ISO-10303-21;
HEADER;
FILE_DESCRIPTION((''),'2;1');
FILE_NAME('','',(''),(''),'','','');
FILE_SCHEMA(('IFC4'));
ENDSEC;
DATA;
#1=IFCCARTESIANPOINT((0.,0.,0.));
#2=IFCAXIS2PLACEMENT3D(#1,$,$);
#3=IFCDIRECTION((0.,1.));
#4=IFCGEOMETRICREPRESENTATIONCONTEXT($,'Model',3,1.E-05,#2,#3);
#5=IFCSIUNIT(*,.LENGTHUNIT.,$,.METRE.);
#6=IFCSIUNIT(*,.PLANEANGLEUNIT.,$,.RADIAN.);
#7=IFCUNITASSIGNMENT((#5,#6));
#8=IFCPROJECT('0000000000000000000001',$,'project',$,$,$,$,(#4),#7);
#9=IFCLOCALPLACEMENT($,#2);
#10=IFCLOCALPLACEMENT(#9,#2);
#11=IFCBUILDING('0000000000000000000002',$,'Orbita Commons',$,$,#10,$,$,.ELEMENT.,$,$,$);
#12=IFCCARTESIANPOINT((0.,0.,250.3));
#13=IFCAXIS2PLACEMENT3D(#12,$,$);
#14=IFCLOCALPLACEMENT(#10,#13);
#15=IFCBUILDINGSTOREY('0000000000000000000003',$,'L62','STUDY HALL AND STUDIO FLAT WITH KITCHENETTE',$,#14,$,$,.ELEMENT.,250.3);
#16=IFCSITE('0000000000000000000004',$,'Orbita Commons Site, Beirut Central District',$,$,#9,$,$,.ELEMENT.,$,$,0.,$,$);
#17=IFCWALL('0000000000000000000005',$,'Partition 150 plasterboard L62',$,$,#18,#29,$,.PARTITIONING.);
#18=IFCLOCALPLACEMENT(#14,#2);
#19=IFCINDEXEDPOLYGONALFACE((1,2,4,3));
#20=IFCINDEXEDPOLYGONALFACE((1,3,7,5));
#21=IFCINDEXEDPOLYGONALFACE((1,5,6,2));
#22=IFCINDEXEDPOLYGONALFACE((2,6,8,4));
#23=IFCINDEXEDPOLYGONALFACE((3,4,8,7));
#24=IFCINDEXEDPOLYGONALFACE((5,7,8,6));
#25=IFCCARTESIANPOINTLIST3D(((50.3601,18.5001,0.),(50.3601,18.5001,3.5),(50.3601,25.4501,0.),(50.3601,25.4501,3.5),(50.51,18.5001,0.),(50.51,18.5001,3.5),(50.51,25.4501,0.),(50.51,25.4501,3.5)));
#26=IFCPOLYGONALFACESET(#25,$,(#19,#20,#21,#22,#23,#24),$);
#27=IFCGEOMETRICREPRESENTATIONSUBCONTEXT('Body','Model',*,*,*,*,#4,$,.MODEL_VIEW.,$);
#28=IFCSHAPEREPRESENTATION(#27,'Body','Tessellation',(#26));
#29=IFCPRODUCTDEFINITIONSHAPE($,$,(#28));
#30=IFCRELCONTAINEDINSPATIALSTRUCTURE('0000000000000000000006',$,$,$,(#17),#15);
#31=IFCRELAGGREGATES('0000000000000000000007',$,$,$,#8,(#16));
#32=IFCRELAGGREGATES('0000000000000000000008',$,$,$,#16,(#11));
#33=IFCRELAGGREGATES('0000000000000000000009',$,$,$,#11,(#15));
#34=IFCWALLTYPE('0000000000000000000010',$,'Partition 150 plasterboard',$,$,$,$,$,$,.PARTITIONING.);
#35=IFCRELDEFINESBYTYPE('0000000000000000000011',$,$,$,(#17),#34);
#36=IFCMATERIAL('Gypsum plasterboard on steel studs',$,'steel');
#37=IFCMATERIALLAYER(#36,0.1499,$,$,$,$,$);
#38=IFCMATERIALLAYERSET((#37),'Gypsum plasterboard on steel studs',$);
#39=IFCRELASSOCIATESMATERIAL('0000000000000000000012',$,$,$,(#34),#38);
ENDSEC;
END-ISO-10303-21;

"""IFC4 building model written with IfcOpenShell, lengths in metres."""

from ifc_helpers import new_model, si_unit, direction, frame, frame_2d, origin, place, context, subcontext, project, spatial, rectangle, extrude, material, layer, layer_set, type_object, element, save


model = new_model("IFC4")

# Units and contexts
model_context = context("Model", 3, precision=1e-05, world=origin(), true_north=direction((0.0, 1.0)))
body_context = subcontext(model_context, "Body", "Model", "MODEL_VIEW")
ifc_project = project(units=[si_unit("LENGTHUNIT", "METRE"), si_unit("PLANEANGLEUNIT", "RADIAN")], contexts=[model_context])

# Site, building, storey
site_placement = place(None, origin())
site = spatial("IfcSite", under=ifc_project, at=site_placement, Name="Orbita Commons Site, Beirut Central District", CompositionType="ELEMENT", RefElevation=0.0)
building_placement = place(site_placement, origin())
building = spatial("IfcBuilding", under=site, at=building_placement, Name="Orbita Commons", CompositionType="ELEMENT")
storey_placement = place(building_placement, frame((0.0, 0.0, 250.3)))
storey = spatial("IfcBuildingStorey", under=building, at=storey_placement, Name="L62", Description="STUDY HALL AND STUDIO FLAT WITH KITCHENETTE", CompositionType="ELEMENT", Elevation=250.3)

# Wall
ifc_material_1 = material(Name="Gypsum plasterboard on steel studs", Category="steel")
ifc_layer_1 = layer(ifc_material_1, 0.1499)
ifc_layer_set_1 = layer_set([ifc_layer_1], Name="Gypsum plasterboard on steel studs")
wall_type_1 = type_object("IfcWallType", Name="Partition 150 plasterboard", PredefinedType="PARTITIONING", material=ifc_layer_set_1)
wall_1_placement = place(storey_placement, frame((50.4351, 18.5, 0.0), z_axis=(0.0, 0.0, 1.0), x_axis=(0.0, 1.0, 0.0)))
element("IfcWall", 1, at=wall_1_placement, inside=storey, type_object=wall_type_1, Name="Partition 150 plasterboard L62", PredefinedType="PARTITIONING", context=body_context, shape_type="SweptSolid", body=[
    extrude(rectangle(XDim=6.95, YDim=0.1499, at=frame_2d((3.4751, 0.0))), origin(), (0.0, 0.0, 1.0), 3.5),
])

save(model, "model.ifc")
